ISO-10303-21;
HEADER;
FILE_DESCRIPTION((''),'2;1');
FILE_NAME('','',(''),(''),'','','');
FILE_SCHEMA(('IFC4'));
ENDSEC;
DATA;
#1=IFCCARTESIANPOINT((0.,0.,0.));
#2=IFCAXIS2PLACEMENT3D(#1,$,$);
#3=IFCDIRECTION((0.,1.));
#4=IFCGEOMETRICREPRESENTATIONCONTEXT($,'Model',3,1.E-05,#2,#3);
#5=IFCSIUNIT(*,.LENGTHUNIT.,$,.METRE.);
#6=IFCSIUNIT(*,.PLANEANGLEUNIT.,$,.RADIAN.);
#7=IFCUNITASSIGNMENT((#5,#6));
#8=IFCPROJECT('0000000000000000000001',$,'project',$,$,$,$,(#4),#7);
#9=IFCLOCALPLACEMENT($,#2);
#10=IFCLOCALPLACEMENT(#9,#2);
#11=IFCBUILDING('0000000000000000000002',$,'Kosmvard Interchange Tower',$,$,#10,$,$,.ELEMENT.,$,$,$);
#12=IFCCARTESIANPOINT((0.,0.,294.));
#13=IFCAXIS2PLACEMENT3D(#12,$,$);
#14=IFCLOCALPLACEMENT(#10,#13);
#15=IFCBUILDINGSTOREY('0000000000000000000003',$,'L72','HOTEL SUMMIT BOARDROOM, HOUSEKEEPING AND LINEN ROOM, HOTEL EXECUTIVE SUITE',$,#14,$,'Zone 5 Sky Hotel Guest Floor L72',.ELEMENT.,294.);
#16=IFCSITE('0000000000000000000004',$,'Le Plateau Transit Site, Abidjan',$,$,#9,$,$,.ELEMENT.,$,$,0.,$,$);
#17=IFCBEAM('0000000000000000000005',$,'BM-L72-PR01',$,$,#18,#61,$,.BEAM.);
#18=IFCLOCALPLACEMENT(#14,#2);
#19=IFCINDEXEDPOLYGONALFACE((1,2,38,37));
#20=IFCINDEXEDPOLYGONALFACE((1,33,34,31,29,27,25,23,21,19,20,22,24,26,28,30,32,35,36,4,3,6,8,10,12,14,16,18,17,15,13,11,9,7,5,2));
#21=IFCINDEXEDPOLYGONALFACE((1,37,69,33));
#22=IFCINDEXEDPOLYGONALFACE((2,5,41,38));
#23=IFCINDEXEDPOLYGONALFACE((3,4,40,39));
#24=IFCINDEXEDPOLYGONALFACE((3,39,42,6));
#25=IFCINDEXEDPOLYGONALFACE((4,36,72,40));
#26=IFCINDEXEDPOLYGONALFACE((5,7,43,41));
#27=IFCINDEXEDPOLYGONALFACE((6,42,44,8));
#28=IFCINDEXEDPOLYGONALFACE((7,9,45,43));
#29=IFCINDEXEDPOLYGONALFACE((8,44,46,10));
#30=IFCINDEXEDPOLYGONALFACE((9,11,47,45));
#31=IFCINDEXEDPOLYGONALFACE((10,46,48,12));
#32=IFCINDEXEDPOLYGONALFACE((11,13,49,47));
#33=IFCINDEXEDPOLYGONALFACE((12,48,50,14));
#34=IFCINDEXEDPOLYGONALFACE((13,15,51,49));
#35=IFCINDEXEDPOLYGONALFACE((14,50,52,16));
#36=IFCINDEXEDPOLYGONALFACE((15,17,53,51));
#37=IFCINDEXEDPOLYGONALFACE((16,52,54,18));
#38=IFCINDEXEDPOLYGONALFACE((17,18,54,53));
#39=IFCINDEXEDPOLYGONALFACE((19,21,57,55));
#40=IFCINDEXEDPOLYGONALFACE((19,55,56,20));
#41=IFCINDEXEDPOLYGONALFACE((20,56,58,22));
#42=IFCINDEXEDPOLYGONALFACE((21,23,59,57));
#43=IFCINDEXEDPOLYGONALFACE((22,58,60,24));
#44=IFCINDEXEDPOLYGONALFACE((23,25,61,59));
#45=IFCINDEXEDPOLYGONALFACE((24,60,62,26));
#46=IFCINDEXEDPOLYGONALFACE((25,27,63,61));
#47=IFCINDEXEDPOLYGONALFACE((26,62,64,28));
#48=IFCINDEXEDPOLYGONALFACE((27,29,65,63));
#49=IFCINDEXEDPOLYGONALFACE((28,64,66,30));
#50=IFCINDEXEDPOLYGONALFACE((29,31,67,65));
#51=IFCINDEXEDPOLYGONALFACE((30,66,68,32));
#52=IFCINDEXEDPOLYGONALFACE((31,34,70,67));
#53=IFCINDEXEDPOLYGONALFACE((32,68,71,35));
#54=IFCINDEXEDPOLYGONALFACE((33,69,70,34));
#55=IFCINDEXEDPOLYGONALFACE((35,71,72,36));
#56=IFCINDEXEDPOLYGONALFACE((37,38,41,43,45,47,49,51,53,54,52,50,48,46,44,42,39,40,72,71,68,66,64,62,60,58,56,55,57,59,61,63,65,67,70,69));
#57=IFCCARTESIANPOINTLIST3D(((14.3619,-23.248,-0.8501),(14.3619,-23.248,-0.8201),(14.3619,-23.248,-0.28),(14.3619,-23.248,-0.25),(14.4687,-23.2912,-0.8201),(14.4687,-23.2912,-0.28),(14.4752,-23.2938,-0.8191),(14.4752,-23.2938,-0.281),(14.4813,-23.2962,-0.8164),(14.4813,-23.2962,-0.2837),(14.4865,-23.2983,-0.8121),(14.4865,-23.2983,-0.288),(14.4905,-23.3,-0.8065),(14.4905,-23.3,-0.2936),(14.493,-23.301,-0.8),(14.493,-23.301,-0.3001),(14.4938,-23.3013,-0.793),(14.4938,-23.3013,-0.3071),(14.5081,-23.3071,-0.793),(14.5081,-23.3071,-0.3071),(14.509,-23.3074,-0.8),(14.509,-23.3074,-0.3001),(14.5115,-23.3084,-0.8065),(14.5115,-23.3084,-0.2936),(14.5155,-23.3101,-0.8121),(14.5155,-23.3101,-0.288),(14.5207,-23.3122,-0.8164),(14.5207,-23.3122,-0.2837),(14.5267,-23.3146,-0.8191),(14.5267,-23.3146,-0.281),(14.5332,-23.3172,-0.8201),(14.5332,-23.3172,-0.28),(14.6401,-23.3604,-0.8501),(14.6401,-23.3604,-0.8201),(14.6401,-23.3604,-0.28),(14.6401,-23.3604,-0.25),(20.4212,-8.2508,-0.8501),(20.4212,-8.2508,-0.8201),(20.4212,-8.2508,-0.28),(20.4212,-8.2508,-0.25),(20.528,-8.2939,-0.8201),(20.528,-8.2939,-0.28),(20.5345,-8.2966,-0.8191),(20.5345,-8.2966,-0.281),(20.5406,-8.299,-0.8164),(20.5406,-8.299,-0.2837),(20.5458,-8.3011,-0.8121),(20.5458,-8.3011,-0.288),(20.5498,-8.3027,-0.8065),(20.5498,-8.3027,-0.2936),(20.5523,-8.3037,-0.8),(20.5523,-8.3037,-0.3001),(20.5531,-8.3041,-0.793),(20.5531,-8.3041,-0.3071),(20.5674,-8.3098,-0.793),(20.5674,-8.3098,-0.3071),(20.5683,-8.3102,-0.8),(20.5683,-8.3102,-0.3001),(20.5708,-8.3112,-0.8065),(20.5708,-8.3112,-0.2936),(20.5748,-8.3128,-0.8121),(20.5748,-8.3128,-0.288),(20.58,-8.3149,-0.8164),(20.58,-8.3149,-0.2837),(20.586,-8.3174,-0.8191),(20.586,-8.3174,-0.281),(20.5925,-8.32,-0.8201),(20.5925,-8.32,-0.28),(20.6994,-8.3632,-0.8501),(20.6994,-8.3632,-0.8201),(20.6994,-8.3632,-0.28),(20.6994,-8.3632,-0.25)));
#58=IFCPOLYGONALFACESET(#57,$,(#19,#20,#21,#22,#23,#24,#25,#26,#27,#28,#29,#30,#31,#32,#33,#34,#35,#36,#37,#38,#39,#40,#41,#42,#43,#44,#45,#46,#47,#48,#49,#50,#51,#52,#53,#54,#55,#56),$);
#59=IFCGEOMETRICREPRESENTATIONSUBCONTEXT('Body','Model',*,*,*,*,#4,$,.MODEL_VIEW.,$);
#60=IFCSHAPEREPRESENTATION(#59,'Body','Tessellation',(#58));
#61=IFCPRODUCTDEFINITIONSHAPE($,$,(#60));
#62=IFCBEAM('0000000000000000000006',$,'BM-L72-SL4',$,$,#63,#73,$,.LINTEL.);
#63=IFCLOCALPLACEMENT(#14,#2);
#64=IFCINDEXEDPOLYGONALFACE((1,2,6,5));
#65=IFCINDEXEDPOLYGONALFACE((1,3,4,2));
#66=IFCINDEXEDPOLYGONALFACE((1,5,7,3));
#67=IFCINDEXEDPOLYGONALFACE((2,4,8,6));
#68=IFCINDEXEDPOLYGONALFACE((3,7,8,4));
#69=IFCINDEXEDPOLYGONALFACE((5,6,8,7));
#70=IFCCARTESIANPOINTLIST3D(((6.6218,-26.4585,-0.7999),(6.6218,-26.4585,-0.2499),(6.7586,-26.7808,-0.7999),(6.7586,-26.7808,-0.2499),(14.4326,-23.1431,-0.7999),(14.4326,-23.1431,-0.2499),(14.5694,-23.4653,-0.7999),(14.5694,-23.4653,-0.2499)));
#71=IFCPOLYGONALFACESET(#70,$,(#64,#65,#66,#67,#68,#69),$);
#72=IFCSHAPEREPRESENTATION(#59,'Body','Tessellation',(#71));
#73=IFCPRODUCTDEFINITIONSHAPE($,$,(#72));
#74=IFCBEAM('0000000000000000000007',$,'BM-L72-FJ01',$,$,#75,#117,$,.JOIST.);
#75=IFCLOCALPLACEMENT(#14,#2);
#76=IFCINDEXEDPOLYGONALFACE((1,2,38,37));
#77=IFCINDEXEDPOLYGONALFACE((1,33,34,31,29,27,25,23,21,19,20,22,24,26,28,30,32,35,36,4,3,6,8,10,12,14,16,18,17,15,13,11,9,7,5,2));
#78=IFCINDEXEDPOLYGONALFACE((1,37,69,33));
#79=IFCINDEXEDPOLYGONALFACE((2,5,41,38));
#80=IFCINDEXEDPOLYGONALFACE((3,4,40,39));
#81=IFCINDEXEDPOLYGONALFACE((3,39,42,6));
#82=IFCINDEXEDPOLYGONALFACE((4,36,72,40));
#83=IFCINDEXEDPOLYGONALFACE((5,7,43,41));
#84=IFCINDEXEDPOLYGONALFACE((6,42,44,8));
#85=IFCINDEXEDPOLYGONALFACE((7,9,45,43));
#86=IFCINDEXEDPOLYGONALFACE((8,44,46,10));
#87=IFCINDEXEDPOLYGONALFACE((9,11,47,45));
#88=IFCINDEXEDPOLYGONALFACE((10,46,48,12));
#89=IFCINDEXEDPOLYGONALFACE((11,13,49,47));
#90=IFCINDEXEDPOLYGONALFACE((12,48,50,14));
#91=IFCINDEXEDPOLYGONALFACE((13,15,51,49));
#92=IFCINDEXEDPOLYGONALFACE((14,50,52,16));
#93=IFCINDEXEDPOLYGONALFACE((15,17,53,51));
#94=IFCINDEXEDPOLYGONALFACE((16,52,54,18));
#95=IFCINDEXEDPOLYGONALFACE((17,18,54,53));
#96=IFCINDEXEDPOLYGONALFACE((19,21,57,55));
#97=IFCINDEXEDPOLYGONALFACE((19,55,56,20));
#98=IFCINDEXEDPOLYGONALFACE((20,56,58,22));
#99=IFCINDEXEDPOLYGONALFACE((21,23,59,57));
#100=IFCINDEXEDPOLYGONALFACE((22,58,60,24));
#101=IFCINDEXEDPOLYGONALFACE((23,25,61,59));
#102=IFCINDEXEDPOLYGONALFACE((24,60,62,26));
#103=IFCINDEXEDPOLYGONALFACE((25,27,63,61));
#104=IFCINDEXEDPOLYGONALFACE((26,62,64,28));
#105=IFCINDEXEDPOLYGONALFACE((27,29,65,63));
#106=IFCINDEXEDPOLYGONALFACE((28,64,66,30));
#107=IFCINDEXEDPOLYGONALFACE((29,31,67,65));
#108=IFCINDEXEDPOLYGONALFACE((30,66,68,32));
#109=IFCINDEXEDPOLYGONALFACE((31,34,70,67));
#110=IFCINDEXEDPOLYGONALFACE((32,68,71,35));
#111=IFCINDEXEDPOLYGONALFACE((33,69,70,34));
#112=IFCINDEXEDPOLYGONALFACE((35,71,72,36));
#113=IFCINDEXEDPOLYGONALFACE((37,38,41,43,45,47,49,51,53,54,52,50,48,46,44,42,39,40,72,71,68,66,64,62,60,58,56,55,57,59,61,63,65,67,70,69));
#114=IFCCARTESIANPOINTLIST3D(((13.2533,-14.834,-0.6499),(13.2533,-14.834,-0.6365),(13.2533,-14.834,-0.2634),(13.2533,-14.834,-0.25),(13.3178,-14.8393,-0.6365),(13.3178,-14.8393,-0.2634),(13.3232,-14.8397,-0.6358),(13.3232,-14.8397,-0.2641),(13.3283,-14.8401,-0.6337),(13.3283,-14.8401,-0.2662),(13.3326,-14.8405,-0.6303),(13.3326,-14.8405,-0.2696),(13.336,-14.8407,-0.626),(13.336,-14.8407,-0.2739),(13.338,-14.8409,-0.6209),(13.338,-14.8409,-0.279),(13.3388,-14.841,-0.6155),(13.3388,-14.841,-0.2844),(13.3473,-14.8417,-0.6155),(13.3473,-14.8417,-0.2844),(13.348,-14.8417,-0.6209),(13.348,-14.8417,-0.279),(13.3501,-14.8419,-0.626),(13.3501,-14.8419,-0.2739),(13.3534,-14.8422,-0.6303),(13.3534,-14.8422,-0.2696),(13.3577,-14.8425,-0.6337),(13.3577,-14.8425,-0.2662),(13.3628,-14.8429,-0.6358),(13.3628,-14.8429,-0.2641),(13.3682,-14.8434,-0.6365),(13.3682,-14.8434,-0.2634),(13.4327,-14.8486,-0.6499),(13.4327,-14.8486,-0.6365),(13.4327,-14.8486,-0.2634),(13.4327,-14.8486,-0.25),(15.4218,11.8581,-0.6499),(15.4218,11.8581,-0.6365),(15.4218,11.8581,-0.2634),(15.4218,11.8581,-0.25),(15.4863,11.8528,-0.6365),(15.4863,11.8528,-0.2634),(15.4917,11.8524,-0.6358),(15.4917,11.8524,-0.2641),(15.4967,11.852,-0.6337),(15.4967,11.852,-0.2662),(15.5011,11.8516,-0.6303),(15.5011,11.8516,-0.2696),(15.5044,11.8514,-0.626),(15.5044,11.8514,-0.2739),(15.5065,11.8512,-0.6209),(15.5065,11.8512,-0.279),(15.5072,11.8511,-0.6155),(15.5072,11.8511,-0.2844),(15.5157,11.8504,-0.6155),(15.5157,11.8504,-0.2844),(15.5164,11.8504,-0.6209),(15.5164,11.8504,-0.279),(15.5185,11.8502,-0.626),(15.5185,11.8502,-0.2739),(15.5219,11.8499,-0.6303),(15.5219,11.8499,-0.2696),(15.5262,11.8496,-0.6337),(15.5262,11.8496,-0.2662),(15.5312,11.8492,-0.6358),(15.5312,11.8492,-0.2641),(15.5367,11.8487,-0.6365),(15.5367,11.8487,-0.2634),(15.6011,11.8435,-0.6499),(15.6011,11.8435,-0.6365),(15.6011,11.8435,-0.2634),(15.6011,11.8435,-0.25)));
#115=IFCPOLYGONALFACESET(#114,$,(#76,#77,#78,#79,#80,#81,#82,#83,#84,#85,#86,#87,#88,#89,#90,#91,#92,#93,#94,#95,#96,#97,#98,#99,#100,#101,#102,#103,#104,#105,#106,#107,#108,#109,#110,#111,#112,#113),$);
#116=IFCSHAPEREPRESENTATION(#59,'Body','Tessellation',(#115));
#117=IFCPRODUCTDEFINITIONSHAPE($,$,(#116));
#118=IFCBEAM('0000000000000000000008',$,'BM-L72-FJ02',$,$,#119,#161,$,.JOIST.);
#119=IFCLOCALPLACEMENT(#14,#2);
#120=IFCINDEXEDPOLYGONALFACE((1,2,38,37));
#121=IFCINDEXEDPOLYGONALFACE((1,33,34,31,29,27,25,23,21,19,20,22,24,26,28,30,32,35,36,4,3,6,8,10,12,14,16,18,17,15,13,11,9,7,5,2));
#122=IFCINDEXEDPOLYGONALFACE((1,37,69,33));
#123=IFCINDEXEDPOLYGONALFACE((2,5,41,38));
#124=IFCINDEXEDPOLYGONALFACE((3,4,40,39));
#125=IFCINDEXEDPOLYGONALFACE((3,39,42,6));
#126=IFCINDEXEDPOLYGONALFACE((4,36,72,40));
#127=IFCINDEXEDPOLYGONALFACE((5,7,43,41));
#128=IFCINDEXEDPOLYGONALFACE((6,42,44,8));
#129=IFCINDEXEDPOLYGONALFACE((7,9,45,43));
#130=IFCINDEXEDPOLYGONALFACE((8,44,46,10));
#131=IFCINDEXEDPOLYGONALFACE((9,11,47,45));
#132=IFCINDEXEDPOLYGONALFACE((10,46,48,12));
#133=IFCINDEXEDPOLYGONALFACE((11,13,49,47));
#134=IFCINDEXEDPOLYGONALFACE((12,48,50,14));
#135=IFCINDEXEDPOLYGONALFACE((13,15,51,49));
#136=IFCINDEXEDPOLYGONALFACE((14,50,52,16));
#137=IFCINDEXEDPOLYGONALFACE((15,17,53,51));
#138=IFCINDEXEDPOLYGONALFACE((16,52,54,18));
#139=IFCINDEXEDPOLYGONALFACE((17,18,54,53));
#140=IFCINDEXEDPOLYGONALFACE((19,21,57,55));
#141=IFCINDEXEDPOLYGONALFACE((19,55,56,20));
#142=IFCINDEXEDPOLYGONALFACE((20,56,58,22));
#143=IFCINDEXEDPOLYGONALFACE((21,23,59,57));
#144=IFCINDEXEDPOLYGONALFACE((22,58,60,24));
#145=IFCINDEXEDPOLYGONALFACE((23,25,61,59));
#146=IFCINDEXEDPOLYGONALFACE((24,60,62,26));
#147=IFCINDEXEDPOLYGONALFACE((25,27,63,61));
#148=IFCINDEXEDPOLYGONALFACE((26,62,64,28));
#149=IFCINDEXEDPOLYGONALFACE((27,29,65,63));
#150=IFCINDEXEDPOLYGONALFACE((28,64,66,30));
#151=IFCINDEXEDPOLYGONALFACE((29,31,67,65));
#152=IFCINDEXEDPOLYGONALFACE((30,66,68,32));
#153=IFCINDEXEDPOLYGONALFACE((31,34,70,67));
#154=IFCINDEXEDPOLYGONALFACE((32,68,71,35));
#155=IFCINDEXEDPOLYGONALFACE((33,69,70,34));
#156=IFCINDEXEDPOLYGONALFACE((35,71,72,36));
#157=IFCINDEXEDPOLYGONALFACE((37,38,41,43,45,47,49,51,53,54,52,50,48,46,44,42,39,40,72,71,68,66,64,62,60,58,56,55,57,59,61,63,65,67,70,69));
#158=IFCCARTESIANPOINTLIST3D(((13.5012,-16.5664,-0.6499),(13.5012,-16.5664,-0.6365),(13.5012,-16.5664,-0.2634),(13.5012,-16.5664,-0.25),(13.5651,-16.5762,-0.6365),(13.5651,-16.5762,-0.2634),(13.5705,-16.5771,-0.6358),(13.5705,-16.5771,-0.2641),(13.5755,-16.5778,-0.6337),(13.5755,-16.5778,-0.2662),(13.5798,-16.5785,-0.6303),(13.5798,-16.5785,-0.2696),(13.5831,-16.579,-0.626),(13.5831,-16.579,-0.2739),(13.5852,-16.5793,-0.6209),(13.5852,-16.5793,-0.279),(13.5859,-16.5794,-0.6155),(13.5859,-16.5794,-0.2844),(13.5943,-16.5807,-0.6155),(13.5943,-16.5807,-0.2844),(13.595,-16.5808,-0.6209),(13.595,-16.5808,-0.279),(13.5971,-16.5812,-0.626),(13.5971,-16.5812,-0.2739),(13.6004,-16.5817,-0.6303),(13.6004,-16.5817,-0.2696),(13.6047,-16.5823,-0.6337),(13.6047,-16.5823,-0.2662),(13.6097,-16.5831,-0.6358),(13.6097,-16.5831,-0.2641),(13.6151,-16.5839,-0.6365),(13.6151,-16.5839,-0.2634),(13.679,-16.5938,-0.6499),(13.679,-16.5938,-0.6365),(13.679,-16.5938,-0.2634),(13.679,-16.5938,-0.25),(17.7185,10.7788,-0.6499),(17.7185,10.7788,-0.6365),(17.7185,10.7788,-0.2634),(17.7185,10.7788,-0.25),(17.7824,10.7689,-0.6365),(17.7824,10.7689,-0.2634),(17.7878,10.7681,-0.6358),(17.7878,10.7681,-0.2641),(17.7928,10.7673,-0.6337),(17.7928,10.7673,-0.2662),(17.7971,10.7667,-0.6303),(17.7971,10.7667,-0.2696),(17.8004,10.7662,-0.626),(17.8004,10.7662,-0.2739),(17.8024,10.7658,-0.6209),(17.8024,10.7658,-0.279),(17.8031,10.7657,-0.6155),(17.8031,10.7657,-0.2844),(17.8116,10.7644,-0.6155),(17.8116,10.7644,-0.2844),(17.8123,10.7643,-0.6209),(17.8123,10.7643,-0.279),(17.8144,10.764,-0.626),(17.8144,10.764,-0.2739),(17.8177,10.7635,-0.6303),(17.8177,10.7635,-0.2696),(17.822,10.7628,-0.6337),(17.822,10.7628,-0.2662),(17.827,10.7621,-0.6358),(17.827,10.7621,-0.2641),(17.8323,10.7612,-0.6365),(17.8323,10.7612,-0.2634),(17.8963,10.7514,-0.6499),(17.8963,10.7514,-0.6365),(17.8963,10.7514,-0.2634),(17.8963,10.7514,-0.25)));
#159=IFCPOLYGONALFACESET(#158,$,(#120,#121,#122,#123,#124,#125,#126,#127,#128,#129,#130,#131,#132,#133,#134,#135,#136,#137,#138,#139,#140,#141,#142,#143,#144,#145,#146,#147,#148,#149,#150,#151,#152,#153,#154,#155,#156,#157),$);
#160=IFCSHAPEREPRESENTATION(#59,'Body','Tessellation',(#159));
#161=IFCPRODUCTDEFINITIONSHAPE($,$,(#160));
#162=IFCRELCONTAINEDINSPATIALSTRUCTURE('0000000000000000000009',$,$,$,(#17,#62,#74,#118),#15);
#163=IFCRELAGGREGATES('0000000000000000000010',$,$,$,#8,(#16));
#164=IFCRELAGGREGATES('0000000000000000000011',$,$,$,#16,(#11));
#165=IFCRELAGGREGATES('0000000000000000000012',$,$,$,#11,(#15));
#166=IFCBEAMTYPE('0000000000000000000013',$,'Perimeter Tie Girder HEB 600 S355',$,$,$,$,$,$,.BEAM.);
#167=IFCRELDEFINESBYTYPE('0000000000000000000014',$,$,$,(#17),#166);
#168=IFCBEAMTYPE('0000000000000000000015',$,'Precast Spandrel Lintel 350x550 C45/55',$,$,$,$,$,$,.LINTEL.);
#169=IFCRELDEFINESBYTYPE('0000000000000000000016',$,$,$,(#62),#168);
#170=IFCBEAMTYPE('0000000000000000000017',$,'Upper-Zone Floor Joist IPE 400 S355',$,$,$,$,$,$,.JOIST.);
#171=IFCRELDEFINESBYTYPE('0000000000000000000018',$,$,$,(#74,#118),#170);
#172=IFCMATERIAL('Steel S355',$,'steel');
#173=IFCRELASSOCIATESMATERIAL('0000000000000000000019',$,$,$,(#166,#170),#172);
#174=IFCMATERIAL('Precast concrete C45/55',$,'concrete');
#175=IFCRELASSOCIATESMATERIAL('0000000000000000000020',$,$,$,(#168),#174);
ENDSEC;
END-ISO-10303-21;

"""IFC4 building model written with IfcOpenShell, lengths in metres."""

from ifc_helpers import new_model, si_unit, direction, frame, origin, origin_2d, place, context, subcontext, project, spatial, rectangle, i_section, extrude, source, transform, mapped, material, material_profile, profile_set, type_object, element, save


model = new_model("IFC4")

# Units and contexts
model_context = context("Model", 3, precision=1e-05, world=origin(), true_north=direction((0.0, 1.0)))
body_context = subcontext(model_context, "Body", "Model", "MODEL_VIEW")
ifc_project = project(units=[si_unit("LENGTHUNIT", "METRE"), si_unit("PLANEANGLEUNIT", "RADIAN")], contexts=[model_context])

# Site, building, storey
site_placement = place(None, origin())
site = spatial("IfcSite", under=ifc_project, at=site_placement, Name="Le Plateau Transit Site, Abidjan", CompositionType="ELEMENT", RefElevation=0.0)
building_placement = place(site_placement, origin())
building = spatial("IfcBuilding", under=site, at=building_placement, Name="Kosmvard Interchange Tower", CompositionType="ELEMENT")
storey_placement = place(building_placement, frame((0.0, 0.0, 294.0)))
storey = spatial("IfcBuildingStorey", under=building, at=storey_placement, Name="L72", Description="HOTEL SUMMIT BOARDROOM, HOUSEKEEPING AND LINEN ROOM, HOTEL EXECUTIVE SUITE", LongName="Zone 5 Sky Hotel Guest Floor L72", CompositionType="ELEMENT", Elevation=294.0)

# Beams
ifc_material_1 = material(Name="Steel S355", Category="steel")
ifc_material_profile_1 = material_profile(ifc_material_1, i_section(OverallWidth=0.3, OverallDepth=0.6001, WebThickness=0.0154, FlangeThickness=0.03, FilletRadius=0.0271, at=origin_2d()), Name="HEB 600")
ifc_profile_set_1 = profile_set([ifc_material_profile_1], Name="Steel S355")
beam_type_1 = type_object("IfcBeamType", Name="Perimeter Tie Girder HEB 600 S355", PredefinedType="BEAM", material=ifc_profile_set_1)
shared_shape_1 = source(origin(), body_context, "Body", "SweptSolid", [
    extrude(i_section(OverallWidth=0.3, OverallDepth=0.6001, WebThickness=0.0154, FlangeThickness=0.03, FilletRadius=0.0271, at=origin_2d()), origin(), (0.0, 0.0, 1.0), 16.175),
])
beam_1_placement = place(storey_placement, frame((14.501, -23.3042, -0.55), z_axis=(0.374608, 0.927183, 0.0), x_axis=(-0.927183, 0.374608, 0.0)))
element("IfcBeam", 1, at=beam_1_placement, inside=storey, type_object=beam_type_1, Name="BM-L72-PR01", PredefinedType="BEAM", context=body_context, shape_type="MappedRepresentation", body=[
    mapped(shared_shape_1, transform((0.0, 0.0, 0.0), scale=1.0)),
])
ifc_material_2 = material(Name="Precast concrete C45/55", Category="concrete")
ifc_material_profile_2 = material_profile(ifc_material_2, rectangle(XDim=0.3501, YDim=0.55, at=origin_2d()), Name="SL 350x550")
ifc_profile_set_2 = profile_set([ifc_material_profile_2], Name="Precast concrete C45/55")
beam_type_2 = type_object("IfcBeamType", Name="Precast Spandrel Lintel 350x550 C45/55", PredefinedType="LINTEL", material=ifc_profile_set_2)
shared_shape_2 = source(origin(), body_context, "Body", "SweptSolid", [
    extrude(rectangle(XDim=0.3501, YDim=0.55, at=origin_2d()), origin(), (0.0, 0.0, 1.0), 8.4854),
])
beam_2_placement = place(storey_placement, frame((6.6902, -26.6196, -0.5249), z_axis=(0.920507, 0.390726, 0.0), x_axis=(-0.390726, 0.920507, 0.0)))
element("IfcBeam", 2, at=beam_2_placement, inside=storey, type_object=beam_type_2, Name="BM-L72-SL4", PredefinedType="LINTEL", context=body_context, shape_type="MappedRepresentation", body=[
    mapped(shared_shape_2, transform((0.0, 0.0, 0.0), scale=1.0)),
])
ifc_material_profile_3 = material_profile(ifc_material_1, i_section(OverallWidth=0.1799, OverallDepth=0.3999, WebThickness=0.0085, FlangeThickness=0.0134, FilletRadius=0.021, at=origin_2d()), Name="IPE 400")
ifc_profile_set_3 = profile_set([ifc_material_profile_3], Name="Steel S355")
beam_type_3 = type_object("IfcBeamType", Name="Upper-Zone Floor Joist IPE 400 S355", PredefinedType="JOIST", material=ifc_profile_set_3)
shared_shape_3 = source(origin(), body_context, "Body", "SweptSolid", [
    extrude(i_section(OverallWidth=0.1799, OverallDepth=0.3999, WebThickness=0.0085, FlangeThickness=0.0134, FilletRadius=0.021, at=origin_2d()), origin(), (0.0, 0.0, 1.0), 26.78),
])
beam_3_placement = place(storey_placement, frame((13.343, -14.8413, -0.45), z_axis=(0.080973, 0.996716, 0.0), x_axis=(-0.996716, 0.080973, 0.0)))
element("IfcBeam", 3, at=beam_3_placement, inside=storey, type_object=beam_type_3, Name="BM-L72-FJ01", PredefinedType="JOIST", context=body_context, shape_type="MappedRepresentation", body=[
    mapped(shared_shape_3, transform((0.0, 0.0, 0.0), scale=1.0)),
])
shared_shape_4 = source(origin(), body_context, "Body", "SweptSolid", [
    extrude(i_section(OverallWidth=0.1799, OverallDepth=0.3999, WebThickness=0.0085, FlangeThickness=0.0134, FilletRadius=0.021, at=origin_2d()), origin(), (0.0, 0.0, 1.0), 27.6685),
])
beam_4_placement = place(storey_placement, frame((13.5901, -16.5801, -0.45), z_axis=(0.152422, 0.988316, 0.0), x_axis=(-0.988316, 0.152422, 0.0)))
element("IfcBeam", 4, at=beam_4_placement, inside=storey, type_object=beam_type_3, Name="BM-L72-FJ02", PredefinedType="JOIST", context=body_context, shape_type="MappedRepresentation", body=[
    mapped(shared_shape_4, transform((0.0, 0.0, 0.0), scale=1.0)),
])

save(model, "model.ifc")
